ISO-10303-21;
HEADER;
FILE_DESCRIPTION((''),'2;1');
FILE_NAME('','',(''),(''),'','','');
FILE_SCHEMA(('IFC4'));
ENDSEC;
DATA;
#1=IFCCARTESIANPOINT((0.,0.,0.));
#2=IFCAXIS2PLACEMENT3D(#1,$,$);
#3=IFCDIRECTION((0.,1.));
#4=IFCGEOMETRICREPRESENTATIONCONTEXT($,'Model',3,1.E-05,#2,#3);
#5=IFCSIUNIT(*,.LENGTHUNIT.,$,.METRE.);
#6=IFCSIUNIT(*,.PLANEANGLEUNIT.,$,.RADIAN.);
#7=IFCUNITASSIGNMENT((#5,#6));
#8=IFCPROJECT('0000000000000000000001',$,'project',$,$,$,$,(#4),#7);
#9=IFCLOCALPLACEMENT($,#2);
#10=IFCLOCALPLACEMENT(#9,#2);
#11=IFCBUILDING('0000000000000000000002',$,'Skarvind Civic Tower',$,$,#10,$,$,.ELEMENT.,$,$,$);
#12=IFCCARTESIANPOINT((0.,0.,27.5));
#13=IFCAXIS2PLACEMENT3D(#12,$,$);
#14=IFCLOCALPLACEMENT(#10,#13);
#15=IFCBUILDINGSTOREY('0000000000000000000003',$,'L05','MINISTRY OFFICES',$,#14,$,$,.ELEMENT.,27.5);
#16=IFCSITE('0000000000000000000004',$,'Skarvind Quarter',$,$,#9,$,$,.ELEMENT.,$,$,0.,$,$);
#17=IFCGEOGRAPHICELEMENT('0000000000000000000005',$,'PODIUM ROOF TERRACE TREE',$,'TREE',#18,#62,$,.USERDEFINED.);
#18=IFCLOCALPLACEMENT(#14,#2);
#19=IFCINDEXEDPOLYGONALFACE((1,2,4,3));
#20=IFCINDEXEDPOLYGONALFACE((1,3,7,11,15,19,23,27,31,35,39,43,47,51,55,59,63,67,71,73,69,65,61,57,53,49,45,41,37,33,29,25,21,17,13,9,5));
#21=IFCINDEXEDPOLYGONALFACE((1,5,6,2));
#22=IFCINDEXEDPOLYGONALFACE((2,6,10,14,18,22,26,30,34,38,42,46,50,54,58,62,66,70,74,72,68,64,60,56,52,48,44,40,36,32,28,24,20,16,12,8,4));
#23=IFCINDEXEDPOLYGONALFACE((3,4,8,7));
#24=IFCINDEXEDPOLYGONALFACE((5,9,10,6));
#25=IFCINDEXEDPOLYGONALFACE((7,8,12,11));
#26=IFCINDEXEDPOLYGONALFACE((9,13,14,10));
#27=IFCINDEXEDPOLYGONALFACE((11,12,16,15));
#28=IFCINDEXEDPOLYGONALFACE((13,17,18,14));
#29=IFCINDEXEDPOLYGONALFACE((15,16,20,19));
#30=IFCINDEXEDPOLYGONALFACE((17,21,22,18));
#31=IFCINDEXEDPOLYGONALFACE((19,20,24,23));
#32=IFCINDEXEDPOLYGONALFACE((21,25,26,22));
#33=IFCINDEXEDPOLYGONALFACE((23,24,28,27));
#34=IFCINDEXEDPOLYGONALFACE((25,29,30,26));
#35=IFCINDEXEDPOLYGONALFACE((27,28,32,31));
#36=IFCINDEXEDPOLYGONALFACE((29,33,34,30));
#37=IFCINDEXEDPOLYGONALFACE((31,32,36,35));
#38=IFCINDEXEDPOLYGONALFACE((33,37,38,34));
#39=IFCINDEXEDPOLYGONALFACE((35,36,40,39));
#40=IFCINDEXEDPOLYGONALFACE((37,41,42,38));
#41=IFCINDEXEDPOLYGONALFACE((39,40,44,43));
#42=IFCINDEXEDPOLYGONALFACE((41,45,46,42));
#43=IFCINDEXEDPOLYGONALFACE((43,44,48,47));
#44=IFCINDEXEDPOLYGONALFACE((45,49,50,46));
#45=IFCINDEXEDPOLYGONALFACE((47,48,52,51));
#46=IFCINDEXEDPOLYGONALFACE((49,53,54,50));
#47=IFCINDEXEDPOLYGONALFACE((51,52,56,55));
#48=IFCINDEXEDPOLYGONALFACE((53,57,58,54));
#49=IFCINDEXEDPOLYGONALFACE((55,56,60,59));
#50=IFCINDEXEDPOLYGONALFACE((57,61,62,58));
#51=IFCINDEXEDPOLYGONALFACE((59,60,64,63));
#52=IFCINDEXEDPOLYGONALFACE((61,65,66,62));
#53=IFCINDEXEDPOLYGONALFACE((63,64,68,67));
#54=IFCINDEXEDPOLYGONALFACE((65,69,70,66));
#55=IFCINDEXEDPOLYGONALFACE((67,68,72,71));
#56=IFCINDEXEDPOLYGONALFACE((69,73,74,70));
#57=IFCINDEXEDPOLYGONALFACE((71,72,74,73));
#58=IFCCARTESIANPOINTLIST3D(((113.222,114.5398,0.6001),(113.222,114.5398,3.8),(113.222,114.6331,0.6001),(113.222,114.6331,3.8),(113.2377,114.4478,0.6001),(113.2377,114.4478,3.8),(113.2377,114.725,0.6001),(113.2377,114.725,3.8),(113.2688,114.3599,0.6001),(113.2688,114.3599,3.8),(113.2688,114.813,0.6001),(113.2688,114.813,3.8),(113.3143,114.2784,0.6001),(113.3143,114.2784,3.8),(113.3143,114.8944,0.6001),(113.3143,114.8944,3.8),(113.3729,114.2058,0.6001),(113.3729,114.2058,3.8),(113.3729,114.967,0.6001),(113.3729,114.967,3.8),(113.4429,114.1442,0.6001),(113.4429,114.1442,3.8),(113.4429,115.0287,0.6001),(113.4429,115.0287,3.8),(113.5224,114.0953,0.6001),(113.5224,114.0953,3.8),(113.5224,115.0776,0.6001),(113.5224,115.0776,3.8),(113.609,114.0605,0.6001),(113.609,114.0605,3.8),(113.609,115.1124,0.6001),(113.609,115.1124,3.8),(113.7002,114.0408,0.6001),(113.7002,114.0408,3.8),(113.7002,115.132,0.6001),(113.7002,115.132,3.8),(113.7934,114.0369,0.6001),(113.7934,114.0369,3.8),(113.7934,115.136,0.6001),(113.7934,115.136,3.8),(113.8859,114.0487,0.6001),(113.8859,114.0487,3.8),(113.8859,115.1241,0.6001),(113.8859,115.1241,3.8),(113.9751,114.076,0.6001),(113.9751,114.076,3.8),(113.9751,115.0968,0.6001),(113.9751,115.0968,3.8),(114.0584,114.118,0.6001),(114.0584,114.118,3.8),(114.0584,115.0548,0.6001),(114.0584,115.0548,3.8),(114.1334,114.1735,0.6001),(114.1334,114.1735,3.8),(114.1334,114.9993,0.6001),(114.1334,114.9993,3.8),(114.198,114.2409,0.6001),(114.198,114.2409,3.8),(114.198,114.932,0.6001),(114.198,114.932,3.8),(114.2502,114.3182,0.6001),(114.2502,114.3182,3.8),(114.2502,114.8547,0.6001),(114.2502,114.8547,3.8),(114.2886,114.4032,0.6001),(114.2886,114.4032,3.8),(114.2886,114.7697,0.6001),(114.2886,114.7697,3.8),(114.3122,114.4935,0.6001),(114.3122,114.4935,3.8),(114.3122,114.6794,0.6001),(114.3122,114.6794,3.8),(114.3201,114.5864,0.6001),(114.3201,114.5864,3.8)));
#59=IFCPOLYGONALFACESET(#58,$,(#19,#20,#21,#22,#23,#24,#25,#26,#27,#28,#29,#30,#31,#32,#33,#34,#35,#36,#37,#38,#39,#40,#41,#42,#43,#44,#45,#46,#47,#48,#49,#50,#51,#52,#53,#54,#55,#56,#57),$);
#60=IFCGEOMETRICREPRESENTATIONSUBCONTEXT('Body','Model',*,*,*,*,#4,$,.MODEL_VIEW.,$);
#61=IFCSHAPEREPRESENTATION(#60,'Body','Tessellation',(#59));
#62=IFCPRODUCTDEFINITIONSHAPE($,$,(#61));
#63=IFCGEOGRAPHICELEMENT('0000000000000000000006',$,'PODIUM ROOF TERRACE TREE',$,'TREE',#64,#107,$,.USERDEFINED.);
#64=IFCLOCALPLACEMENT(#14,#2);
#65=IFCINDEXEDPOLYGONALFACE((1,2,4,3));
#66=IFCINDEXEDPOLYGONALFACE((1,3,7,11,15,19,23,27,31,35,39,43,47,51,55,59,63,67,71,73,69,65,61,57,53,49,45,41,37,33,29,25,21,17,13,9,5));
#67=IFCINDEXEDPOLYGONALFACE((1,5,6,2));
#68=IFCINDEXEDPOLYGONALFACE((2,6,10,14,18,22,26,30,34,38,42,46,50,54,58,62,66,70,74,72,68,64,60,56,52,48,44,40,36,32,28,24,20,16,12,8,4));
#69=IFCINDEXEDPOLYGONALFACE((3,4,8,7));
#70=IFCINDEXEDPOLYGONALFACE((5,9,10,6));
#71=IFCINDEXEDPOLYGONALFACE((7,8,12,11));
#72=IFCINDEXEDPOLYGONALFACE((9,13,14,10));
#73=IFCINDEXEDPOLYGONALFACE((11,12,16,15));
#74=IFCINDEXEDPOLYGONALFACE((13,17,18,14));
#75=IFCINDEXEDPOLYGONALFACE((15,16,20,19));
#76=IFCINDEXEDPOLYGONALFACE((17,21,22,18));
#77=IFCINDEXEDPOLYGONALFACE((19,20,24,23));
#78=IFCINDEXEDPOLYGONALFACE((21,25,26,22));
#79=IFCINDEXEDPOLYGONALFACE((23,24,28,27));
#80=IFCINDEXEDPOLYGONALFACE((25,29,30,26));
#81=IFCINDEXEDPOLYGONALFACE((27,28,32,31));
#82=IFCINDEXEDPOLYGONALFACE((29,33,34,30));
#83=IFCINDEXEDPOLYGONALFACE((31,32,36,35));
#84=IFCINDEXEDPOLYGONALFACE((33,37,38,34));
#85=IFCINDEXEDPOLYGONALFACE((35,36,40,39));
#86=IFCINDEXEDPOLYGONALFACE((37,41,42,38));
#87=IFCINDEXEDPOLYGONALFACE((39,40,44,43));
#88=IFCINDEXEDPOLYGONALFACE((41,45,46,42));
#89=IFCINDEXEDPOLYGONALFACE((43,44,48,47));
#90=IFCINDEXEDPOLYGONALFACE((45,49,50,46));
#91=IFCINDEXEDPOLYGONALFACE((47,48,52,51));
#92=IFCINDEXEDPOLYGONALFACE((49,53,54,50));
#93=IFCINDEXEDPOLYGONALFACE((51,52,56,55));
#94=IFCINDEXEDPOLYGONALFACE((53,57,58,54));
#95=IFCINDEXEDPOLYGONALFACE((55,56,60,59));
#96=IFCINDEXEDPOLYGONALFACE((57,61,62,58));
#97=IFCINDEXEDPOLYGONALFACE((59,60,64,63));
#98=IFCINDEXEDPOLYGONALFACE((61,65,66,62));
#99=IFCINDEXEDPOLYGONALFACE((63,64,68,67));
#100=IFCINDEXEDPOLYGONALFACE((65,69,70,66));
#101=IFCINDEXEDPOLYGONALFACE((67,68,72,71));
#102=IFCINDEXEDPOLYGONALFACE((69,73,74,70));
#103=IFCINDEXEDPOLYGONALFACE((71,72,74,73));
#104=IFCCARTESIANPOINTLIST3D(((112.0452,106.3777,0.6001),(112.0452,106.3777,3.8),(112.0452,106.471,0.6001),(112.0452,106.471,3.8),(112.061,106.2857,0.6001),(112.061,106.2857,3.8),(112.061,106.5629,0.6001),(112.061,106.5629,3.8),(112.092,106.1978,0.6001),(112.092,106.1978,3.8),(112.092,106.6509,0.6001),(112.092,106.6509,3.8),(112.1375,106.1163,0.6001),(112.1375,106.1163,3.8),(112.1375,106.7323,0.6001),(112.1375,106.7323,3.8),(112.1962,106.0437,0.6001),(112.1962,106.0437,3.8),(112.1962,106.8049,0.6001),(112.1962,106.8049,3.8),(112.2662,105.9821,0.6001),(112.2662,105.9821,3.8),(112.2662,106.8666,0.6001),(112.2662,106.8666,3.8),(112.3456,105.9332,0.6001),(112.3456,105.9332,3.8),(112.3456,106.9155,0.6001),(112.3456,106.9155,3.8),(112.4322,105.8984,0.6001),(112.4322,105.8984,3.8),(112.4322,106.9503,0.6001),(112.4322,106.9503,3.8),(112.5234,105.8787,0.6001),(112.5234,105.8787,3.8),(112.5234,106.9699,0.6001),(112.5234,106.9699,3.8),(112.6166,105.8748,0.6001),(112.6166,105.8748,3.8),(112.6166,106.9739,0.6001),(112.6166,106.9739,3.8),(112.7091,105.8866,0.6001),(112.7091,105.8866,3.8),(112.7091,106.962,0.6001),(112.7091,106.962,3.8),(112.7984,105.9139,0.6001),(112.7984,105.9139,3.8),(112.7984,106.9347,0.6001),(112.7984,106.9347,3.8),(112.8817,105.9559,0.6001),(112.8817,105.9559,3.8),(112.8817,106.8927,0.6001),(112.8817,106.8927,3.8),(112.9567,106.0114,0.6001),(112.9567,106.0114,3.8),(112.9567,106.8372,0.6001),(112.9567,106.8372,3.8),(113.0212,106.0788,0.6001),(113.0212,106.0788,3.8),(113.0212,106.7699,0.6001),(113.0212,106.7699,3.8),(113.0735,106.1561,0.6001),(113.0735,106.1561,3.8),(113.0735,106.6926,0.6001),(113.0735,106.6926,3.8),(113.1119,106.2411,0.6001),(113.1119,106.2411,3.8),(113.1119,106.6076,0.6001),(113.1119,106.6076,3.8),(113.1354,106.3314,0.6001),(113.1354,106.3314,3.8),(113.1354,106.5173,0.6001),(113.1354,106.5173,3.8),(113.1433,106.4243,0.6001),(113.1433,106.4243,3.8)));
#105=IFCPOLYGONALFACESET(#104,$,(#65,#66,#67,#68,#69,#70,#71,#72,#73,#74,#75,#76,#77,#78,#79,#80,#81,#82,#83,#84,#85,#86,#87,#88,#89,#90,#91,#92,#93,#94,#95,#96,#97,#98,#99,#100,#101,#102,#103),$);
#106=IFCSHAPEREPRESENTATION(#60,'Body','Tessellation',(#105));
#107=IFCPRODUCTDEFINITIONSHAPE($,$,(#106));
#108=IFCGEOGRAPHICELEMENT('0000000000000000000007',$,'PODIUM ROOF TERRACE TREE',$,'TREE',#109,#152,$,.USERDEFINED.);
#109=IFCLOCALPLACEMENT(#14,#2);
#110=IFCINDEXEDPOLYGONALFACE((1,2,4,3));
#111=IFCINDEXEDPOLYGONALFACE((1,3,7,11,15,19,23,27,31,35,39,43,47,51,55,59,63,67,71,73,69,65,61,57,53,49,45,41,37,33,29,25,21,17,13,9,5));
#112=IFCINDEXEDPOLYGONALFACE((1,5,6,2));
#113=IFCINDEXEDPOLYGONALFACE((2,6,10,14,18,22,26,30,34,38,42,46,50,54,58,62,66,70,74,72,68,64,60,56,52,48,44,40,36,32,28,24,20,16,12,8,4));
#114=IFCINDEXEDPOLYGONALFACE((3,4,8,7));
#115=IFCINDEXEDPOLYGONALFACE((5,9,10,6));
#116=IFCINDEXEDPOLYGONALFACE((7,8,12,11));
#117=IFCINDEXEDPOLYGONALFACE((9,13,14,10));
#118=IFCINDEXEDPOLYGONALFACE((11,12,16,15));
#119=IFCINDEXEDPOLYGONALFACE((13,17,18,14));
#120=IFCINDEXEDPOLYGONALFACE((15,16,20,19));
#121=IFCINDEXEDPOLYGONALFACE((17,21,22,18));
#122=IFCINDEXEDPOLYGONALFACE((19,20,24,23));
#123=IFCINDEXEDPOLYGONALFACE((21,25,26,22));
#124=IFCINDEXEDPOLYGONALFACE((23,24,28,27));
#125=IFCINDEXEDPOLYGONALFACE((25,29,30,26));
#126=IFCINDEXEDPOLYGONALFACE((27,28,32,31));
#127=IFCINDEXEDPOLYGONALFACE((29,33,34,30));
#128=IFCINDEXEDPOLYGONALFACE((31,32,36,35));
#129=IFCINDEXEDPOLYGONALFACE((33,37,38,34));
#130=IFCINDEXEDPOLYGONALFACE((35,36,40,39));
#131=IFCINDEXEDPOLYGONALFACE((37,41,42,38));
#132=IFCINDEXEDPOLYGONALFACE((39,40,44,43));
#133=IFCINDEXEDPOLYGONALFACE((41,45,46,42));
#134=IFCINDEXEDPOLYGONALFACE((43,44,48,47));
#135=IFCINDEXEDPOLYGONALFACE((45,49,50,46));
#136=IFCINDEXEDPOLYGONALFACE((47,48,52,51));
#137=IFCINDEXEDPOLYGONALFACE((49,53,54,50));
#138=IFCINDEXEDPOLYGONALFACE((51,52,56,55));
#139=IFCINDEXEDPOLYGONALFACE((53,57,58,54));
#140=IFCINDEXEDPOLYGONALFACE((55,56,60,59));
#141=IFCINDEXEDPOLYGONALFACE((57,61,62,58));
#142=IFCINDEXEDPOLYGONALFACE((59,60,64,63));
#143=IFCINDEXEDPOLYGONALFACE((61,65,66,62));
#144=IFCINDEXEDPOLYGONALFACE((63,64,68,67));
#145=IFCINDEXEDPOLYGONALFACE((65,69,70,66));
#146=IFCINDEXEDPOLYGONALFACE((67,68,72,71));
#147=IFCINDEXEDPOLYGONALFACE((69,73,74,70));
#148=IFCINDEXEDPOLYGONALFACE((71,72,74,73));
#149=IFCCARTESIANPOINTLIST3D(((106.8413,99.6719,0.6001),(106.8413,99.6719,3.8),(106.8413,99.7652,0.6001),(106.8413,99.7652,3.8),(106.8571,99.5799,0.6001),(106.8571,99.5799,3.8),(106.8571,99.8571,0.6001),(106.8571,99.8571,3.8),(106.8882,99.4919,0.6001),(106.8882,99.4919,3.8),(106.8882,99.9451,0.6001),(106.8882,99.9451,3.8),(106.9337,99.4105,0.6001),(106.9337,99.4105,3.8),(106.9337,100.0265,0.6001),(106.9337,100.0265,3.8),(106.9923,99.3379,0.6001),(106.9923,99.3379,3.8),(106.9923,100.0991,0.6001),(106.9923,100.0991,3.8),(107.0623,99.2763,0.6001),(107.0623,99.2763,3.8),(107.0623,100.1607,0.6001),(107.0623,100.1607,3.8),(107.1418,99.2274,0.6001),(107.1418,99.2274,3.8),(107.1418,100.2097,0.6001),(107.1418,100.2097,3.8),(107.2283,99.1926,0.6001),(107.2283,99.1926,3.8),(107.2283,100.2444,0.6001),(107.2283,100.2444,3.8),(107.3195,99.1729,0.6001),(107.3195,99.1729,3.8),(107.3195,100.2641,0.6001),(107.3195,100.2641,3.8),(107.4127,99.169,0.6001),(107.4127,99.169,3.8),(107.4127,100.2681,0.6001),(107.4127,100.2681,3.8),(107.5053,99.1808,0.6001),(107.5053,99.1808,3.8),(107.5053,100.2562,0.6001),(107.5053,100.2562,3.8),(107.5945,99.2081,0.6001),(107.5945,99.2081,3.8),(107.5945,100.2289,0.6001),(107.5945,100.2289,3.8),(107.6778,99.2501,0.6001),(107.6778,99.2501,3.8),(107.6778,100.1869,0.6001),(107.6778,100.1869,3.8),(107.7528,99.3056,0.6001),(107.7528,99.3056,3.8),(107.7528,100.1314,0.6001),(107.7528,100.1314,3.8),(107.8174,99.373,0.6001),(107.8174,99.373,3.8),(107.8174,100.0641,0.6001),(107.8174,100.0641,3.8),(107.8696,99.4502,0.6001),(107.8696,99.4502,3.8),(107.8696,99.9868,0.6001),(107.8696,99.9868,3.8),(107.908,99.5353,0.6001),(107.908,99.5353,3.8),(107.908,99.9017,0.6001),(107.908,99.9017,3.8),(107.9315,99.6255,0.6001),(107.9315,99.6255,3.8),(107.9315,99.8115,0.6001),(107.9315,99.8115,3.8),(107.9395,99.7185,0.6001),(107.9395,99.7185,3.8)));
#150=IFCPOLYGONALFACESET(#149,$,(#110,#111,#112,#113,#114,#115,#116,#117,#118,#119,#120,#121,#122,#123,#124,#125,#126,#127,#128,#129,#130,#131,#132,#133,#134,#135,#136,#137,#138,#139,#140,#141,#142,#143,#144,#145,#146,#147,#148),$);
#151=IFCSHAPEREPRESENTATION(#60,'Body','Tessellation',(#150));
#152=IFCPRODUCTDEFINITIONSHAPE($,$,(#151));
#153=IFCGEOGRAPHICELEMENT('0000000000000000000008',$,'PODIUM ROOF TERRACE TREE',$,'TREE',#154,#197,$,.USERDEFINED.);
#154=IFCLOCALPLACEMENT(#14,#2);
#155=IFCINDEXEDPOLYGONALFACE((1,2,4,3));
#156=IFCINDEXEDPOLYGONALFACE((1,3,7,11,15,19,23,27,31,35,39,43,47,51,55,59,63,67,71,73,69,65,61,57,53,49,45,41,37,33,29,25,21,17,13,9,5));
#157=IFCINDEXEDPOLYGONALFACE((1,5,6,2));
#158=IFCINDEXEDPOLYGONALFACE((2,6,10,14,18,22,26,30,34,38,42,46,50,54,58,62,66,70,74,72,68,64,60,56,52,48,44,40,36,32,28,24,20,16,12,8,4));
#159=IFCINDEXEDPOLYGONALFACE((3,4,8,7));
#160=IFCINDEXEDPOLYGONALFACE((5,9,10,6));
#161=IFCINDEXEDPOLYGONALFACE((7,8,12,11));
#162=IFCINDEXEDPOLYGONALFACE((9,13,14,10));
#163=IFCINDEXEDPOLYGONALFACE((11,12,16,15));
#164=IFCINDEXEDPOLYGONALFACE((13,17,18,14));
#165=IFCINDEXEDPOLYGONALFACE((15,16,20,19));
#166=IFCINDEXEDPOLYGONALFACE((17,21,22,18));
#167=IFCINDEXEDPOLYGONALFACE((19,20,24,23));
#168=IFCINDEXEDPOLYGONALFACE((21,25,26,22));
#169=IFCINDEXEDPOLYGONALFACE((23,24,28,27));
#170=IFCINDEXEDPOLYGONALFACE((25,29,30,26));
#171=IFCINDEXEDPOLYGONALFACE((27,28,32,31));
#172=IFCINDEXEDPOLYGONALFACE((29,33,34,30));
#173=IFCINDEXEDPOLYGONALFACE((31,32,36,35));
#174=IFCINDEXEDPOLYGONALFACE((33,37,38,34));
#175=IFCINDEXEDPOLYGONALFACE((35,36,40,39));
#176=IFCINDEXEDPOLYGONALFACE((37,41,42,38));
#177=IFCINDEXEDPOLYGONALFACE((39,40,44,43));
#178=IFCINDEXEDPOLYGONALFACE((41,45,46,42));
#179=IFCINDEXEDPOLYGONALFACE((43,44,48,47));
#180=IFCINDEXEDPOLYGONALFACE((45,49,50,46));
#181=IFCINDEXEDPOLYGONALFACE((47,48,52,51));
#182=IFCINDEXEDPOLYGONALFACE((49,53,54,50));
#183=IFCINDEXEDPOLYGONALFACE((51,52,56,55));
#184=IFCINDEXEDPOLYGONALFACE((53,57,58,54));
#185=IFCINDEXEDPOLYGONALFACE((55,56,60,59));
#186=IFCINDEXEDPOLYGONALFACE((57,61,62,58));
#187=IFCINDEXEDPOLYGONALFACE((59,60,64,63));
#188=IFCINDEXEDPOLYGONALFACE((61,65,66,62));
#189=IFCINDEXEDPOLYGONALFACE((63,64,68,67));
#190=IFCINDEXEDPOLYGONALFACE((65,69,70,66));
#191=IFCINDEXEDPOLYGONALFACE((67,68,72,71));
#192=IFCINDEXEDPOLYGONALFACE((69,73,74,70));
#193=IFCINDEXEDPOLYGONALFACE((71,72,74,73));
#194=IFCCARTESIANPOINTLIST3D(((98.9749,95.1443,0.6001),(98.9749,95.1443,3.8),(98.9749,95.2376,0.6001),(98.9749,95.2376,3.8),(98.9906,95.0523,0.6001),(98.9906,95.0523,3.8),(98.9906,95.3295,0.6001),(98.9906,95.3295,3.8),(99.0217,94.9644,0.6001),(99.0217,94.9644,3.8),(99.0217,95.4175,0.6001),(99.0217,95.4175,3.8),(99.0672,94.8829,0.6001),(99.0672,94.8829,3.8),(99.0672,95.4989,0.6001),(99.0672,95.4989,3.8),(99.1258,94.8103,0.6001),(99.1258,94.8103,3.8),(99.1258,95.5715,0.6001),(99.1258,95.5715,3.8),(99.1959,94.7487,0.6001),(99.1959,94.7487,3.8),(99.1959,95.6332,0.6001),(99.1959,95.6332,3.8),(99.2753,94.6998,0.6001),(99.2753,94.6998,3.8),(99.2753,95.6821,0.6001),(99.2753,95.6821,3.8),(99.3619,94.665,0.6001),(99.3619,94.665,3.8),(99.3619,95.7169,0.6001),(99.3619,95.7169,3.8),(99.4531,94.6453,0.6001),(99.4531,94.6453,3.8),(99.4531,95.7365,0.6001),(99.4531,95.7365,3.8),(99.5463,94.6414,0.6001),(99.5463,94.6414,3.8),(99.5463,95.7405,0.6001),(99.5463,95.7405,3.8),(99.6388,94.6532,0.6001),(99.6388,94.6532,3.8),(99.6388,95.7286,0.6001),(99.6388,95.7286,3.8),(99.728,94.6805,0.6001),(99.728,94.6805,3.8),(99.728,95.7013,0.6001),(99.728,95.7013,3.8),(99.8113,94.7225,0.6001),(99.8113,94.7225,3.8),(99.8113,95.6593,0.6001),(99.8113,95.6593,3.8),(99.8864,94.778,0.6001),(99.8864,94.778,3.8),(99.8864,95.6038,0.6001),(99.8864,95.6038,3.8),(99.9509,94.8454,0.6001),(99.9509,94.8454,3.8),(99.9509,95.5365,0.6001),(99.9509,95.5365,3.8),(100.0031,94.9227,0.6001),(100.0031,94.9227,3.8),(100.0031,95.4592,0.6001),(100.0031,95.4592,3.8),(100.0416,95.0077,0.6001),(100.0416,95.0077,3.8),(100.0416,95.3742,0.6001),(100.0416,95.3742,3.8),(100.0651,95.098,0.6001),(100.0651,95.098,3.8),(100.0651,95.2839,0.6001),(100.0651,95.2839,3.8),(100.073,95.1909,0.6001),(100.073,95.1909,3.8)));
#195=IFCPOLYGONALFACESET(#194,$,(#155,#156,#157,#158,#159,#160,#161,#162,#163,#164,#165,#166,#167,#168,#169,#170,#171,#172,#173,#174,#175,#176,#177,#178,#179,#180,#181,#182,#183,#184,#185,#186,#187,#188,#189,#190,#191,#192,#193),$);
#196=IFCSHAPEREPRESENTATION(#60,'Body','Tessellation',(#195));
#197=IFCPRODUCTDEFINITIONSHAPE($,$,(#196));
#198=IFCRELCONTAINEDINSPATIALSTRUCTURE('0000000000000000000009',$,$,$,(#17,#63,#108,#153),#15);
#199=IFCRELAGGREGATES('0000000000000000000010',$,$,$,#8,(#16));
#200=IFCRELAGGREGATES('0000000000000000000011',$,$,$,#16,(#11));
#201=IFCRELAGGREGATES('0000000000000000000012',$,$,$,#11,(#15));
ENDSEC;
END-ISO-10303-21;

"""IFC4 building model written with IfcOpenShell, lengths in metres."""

from ifc_helpers import new_model, si_unit, direction, frame, origin, origin_2d, place, context, subcontext, project, spatial, circle, extrude, element, save


model = new_model("IFC4")

# Units and contexts
model_context = context("Model", 3, precision=1e-05, world=origin(), true_north=direction((0.0, 1.0)))
body_context = subcontext(model_context, "Body", "Model", "MODEL_VIEW")
ifc_project = project(units=[si_unit("LENGTHUNIT", "METRE"), si_unit("PLANEANGLEUNIT", "RADIAN")], contexts=[model_context])

# Site, building, storey
site_placement = place(None, origin())
site = spatial("IfcSite", under=ifc_project, at=site_placement, Name="Skarvind Quarter", CompositionType="ELEMENT", RefElevation=0.0)
building_placement = place(site_placement, origin())
building = spatial("IfcBuilding", under=site, at=building_placement, Name="Skarvind Civic Tower", CompositionType="ELEMENT")
storey_placement = place(building_placement, frame((0.0, 0.0, 27.5)))
storey = spatial("IfcBuildingStorey", under=building, at=storey_placement, Name="L05", Description="MINISTRY OFFICES", CompositionType="ELEMENT", Elevation=27.5)

# Geographic elements
for number, where, z_axis, x_axis, name in (
    (1, (113.77, 114.5864, 0.6001), (0.0, 0.0, 1.0), (1.0, 0.0, 0.0), "PODIUM ROOF TERRACE TREE"),
    (2, (112.5933, 106.4243, 0.6001), (0.0, 0.0, 1.0), (1.0, 0.0, 0.0), "PODIUM ROOF TERRACE TREE"),
    (3, (107.3894, 99.7185, 0.6001), (0.0, 0.0, 1.0), (1.0, 0.0, 0.0), "PODIUM ROOF TERRACE TREE"),
    (4, (99.5229, 95.1909, 0.6001), (0.0, 0.0, 1.0), (1.0, 0.0, 0.0), "PODIUM ROOF TERRACE TREE"),
):
    element("IfcGeographicElement", number, at=place(storey_placement, frame(where, z_axis=z_axis, x_axis=x_axis)), inside=storey, Name=name, ObjectType="TREE", PredefinedType="USERDEFINED", context=body_context, shape_type="SweptSolid", body=[
        extrude(circle(Radius=0.55, at=origin_2d()), origin(), (0.0, 0.0, 1.0), 3.2),
    ])

save(model, "model.ifc")
